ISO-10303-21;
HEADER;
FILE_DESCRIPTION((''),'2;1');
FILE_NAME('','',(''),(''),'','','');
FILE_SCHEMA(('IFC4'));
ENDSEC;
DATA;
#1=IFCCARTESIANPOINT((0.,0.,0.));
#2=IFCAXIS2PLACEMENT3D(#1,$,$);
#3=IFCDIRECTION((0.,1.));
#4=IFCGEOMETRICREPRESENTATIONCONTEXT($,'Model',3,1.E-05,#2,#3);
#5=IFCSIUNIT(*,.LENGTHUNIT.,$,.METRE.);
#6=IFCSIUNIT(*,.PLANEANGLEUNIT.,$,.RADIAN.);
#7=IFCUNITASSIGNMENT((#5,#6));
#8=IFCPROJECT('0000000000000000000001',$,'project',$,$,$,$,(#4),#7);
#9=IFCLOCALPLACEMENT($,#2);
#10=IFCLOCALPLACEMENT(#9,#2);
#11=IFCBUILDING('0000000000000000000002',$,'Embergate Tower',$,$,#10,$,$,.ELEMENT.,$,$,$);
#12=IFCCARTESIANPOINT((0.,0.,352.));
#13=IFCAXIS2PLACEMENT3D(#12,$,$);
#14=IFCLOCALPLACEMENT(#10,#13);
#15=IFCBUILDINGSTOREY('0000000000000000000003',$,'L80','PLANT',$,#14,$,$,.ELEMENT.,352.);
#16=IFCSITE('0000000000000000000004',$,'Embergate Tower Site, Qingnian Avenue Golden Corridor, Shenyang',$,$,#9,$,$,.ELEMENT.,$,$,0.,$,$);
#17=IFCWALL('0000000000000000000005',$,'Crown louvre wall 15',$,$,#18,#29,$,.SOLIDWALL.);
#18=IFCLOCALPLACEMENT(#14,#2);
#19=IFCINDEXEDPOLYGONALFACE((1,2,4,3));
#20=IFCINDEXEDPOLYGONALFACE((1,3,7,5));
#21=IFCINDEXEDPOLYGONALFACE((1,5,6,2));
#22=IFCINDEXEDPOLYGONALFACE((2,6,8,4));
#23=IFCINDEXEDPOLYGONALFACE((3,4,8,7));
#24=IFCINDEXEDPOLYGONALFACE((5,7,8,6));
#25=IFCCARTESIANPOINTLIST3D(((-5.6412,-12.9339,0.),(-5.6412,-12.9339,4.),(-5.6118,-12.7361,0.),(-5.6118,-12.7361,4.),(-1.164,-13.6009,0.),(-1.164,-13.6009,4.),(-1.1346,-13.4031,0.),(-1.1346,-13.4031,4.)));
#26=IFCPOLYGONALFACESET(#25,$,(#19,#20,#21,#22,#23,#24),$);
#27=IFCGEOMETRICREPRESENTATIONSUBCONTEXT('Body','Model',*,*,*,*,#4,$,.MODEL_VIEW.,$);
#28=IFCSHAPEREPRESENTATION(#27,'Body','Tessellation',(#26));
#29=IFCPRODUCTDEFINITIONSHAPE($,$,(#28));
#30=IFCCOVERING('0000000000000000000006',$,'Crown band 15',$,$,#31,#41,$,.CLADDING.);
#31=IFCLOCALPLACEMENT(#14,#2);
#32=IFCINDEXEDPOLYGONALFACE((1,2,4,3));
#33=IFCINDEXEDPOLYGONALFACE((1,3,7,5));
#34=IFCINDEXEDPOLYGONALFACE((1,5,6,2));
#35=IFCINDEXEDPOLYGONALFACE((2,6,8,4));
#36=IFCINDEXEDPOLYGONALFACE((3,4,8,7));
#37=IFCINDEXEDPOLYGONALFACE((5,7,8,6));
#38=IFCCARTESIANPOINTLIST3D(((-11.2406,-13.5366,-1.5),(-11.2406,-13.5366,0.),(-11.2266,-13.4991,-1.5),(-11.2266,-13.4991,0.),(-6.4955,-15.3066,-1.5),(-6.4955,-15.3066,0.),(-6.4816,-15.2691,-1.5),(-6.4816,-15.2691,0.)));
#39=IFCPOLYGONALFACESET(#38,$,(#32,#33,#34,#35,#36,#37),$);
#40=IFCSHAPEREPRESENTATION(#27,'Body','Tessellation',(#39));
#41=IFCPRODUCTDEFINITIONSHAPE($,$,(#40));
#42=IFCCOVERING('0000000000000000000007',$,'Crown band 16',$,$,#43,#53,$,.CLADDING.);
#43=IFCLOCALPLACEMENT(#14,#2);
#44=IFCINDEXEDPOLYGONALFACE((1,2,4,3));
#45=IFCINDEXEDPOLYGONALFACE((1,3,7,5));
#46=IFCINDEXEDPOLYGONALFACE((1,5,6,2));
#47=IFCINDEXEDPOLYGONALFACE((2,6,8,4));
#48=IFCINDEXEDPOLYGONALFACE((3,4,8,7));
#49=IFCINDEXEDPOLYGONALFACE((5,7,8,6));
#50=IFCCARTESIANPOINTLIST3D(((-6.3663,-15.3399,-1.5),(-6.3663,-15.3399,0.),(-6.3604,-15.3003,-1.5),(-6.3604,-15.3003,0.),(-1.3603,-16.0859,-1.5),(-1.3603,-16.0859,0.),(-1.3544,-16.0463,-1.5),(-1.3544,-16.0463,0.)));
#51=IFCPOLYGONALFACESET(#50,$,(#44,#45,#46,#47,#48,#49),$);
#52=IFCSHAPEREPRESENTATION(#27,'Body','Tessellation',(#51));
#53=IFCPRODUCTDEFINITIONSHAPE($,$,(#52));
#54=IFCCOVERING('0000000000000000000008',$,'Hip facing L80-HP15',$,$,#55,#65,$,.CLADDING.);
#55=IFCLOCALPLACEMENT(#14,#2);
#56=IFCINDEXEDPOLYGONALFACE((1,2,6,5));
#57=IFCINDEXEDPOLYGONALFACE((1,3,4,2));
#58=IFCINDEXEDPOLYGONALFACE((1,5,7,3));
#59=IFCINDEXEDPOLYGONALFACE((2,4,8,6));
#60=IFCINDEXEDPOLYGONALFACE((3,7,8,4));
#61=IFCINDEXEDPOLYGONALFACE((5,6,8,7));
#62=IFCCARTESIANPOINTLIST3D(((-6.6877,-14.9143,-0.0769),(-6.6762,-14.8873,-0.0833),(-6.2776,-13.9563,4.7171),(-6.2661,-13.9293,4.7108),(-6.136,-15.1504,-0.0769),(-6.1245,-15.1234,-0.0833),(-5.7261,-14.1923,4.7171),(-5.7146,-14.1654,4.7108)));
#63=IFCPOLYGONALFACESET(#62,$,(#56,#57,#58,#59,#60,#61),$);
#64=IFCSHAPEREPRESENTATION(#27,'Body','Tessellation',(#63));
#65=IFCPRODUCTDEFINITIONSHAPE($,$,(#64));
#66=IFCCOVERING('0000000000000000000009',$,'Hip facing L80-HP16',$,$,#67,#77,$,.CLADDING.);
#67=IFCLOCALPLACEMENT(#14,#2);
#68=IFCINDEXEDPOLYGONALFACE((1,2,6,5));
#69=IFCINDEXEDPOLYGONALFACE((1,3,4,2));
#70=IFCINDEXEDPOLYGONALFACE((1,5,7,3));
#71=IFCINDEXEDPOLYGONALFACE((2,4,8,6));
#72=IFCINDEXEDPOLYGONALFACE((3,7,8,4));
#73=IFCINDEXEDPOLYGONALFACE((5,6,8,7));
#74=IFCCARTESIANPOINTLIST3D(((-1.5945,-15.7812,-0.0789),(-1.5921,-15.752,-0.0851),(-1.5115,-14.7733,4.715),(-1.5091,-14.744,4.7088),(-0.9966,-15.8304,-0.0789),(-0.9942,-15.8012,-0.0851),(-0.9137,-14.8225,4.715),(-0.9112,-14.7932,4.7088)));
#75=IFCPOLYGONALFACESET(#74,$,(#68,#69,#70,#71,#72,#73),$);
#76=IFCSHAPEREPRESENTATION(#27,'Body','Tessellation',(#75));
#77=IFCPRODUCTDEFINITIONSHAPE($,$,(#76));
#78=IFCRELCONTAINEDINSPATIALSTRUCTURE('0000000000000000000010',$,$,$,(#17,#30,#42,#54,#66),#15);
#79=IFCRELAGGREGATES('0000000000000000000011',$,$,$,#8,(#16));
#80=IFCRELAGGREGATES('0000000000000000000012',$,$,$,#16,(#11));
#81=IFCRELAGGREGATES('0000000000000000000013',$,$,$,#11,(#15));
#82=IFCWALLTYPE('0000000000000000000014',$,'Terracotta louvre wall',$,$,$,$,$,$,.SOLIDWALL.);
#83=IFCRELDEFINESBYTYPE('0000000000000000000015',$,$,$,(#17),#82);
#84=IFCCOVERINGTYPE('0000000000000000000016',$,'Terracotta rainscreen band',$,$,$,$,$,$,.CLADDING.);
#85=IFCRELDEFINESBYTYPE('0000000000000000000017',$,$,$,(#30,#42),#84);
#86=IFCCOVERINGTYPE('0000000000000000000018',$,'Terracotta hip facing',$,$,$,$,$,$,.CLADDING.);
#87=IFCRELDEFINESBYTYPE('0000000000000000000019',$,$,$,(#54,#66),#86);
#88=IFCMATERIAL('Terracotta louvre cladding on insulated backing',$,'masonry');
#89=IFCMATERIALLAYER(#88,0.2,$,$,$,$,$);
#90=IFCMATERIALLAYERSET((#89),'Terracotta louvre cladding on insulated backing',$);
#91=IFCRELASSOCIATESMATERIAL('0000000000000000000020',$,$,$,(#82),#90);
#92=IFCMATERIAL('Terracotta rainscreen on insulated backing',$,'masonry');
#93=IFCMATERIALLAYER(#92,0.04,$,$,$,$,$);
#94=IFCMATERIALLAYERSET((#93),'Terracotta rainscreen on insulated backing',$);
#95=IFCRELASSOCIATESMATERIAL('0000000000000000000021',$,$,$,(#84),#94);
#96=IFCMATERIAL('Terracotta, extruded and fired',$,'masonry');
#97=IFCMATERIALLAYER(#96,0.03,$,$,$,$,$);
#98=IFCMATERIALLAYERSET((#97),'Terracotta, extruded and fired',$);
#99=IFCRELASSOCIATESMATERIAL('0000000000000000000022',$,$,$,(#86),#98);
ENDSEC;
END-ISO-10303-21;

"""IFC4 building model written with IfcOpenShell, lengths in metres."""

from ifc_helpers import new_model, si_unit, direction, frame, frame_2d, origin, origin_2d, place, context, subcontext, project, spatial, polyline, rectangle, outline, extrude, source, transform, mapped, material, layer, layer_set, type_object, element, save


model = new_model("IFC4")

# Units and contexts
model_context = context("Model", 3, precision=1e-05, world=origin(), true_north=direction((0.0, 1.0)))
body_context = subcontext(model_context, "Body", "Model", "MODEL_VIEW")
ifc_project = project(units=[si_unit("LENGTHUNIT", "METRE"), si_unit("PLANEANGLEUNIT", "RADIAN")], contexts=[model_context])

# Site, building, storey
site_placement = place(None, origin())
site = spatial("IfcSite", under=ifc_project, at=site_placement, Name="Embergate Tower Site, Qingnian Avenue Golden Corridor, Shenyang", CompositionType="ELEMENT", RefElevation=0.0)
building_placement = place(site_placement, origin())
building = spatial("IfcBuilding", under=site, at=building_placement, Name="Embergate Tower", CompositionType="ELEMENT")
storey_placement = place(building_placement, frame((0.0, 0.0, 352.0)))
storey = spatial("IfcBuildingStorey", under=building, at=storey_placement, Name="L80", Description="PLANT", CompositionType="ELEMENT", Elevation=352.0)

# Wall
ifc_material_1 = material(Name="Terracotta louvre cladding on insulated backing", Category="masonry")
ifc_layer_1 = layer(ifc_material_1, 0.2)
ifc_layer_set_1 = layer_set([ifc_layer_1], Name="Terracotta louvre cladding on insulated backing")
wall_type = type_object("IfcWallType", Name="Terracotta louvre wall", PredefinedType="SOLIDWALL", material=ifc_layer_set_1)
shared_shape_1 = source(origin(), body_context, "Body", "SweptSolid", [
    extrude(rectangle(XDim=4.5266, YDim=0.2, at=frame_2d((2.2632, 0.0))), origin(), (0.0, 0.0, 1.0), 4.0),
])
wall_placement = place(storey_placement, frame((-1.1494, -13.502, 0.0), z_axis=(0.0, 0.0, 1.0), x_axis=(-0.989085, 0.147346, 0.0)))
element("IfcWall", 1, at=wall_placement, inside=storey, type_object=wall_type, Name="Crown louvre wall 15", PredefinedType="SOLIDWALL", context=body_context, shape_type="MappedRepresentation", body=[
    mapped(shared_shape_1, transform((0.0, 0.0, 0.0))),
])

# Coverings
ifc_material_2 = material(Name="Terracotta rainscreen on insulated backing", Category="masonry")
ifc_layer_2 = layer(ifc_material_2, 0.04)
ifc_layer_set_2 = layer_set([ifc_layer_2], Name="Terracotta rainscreen on insulated backing")
covering_type_1 = type_object("IfcCoveringType", Name="Terracotta rainscreen band", PredefinedType="CLADDING", material=ifc_layer_set_2)
shared_shape_2 = source(origin(), body_context, "Body", "SweptSolid", [
    extrude(rectangle(XDim=5.0645, YDim=0.04, at=origin_2d()), origin(), (0.0, 0.0, 1.0), 1.5),
])
covering_1_placement = place(storey_placement, frame((-8.8611, -14.4028, -1.5), z_axis=(0.0, 0.0, 1.0), x_axis=(0.936937, -0.349499, 0.0)))
element("IfcCovering", 2, at=covering_1_placement, inside=storey, type_object=covering_type_1, Name="Crown band 15", PredefinedType="CLADDING", context=body_context, shape_type="MappedRepresentation", body=[
    mapped(shared_shape_2, transform((0.0, 0.0, 0.0))),
])
shared_shape_3 = source(origin(), body_context, "Body", "SweptSolid", [
    extrude(rectangle(XDim=5.0613, YDim=0.04, at=origin_2d()), origin(), (0.0, 0.0, 1.0), 1.5),
])
covering_2_placement = place(storey_placement, frame((-3.8604, -15.6931, -1.5), z_axis=(0.0, 0.0, 1.0), x_axis=(0.989078, -0.147393, 0.0)))
element("IfcCovering", 3, at=covering_2_placement, inside=storey, type_object=covering_type_1, Name="Crown band 16", PredefinedType="CLADDING", context=body_context, shape_type="MappedRepresentation", body=[
    mapped(shared_shape_3, transform((0.0, 0.0, 0.0))),
])
ifc_material_3 = material(Name="Terracotta, extruded and fired", Category="masonry")
ifc_layer_3 = layer(ifc_material_3, 0.03)
ifc_layer_set_3 = layer_set([ifc_layer_3], Name="Terracotta, extruded and fired")
covering_type_2 = type_object("IfcCoveringType", Name="Terracotta hip facing", PredefinedType="CLADDING", material=ifc_layer_set_3)
shared_shape_4 = source(origin(), body_context, "Body", "SweptSolid", [
    extrude(outline(polyline([(0.0, 0.0), (4.906, 0.0), (4.906, -0.5999), (0.0, -0.6001), (0.0, 0.0)])), origin(), (0.0, 0.0, -1.0), 0.03),
])
covering_3_placement = place(storey_placement, frame((-6.6877, -14.9143, -0.0769), z_axis=(-0.384474, -0.898366, 0.212411), x_axis=(0.083601, 0.195268, 0.97718)))
element("IfcCovering", 4, at=covering_3_placement, inside=storey, type_object=covering_type_2, Name="Hip facing L80-HP15", PredefinedType="CLADDING", context=body_context, shape_type="MappedRepresentation", body=[
    mapped(shared_shape_4, transform((0.0, 0.0, 0.0))),
])
shared_shape_5 = source(origin(), body_context, "Body", "SweptSolid", [
    extrude(outline(polyline([(0.0, 0.0), (4.8994, 0.0), (4.8994, -0.5999), (0.0, -0.5999), (0.0, 0.0)])), origin(), (0.0, 0.0, -1.0), 0.03),
])
covering_4_placement = place(storey_placement, frame((-1.5945, -15.7812, -0.0789), z_axis=(-0.080235, -0.975168, 0.20642), x_axis=(0.01694, 0.205724, 0.978463)))
element("IfcCovering", 5, at=covering_4_placement, inside=storey, type_object=covering_type_2, Name="Hip facing L80-HP16", PredefinedType="CLADDING", context=body_context, shape_type="MappedRepresentation", body=[
    mapped(shared_shape_5, transform((0.0, 0.0, 0.0))),
])

save(model, "model.ifc")
